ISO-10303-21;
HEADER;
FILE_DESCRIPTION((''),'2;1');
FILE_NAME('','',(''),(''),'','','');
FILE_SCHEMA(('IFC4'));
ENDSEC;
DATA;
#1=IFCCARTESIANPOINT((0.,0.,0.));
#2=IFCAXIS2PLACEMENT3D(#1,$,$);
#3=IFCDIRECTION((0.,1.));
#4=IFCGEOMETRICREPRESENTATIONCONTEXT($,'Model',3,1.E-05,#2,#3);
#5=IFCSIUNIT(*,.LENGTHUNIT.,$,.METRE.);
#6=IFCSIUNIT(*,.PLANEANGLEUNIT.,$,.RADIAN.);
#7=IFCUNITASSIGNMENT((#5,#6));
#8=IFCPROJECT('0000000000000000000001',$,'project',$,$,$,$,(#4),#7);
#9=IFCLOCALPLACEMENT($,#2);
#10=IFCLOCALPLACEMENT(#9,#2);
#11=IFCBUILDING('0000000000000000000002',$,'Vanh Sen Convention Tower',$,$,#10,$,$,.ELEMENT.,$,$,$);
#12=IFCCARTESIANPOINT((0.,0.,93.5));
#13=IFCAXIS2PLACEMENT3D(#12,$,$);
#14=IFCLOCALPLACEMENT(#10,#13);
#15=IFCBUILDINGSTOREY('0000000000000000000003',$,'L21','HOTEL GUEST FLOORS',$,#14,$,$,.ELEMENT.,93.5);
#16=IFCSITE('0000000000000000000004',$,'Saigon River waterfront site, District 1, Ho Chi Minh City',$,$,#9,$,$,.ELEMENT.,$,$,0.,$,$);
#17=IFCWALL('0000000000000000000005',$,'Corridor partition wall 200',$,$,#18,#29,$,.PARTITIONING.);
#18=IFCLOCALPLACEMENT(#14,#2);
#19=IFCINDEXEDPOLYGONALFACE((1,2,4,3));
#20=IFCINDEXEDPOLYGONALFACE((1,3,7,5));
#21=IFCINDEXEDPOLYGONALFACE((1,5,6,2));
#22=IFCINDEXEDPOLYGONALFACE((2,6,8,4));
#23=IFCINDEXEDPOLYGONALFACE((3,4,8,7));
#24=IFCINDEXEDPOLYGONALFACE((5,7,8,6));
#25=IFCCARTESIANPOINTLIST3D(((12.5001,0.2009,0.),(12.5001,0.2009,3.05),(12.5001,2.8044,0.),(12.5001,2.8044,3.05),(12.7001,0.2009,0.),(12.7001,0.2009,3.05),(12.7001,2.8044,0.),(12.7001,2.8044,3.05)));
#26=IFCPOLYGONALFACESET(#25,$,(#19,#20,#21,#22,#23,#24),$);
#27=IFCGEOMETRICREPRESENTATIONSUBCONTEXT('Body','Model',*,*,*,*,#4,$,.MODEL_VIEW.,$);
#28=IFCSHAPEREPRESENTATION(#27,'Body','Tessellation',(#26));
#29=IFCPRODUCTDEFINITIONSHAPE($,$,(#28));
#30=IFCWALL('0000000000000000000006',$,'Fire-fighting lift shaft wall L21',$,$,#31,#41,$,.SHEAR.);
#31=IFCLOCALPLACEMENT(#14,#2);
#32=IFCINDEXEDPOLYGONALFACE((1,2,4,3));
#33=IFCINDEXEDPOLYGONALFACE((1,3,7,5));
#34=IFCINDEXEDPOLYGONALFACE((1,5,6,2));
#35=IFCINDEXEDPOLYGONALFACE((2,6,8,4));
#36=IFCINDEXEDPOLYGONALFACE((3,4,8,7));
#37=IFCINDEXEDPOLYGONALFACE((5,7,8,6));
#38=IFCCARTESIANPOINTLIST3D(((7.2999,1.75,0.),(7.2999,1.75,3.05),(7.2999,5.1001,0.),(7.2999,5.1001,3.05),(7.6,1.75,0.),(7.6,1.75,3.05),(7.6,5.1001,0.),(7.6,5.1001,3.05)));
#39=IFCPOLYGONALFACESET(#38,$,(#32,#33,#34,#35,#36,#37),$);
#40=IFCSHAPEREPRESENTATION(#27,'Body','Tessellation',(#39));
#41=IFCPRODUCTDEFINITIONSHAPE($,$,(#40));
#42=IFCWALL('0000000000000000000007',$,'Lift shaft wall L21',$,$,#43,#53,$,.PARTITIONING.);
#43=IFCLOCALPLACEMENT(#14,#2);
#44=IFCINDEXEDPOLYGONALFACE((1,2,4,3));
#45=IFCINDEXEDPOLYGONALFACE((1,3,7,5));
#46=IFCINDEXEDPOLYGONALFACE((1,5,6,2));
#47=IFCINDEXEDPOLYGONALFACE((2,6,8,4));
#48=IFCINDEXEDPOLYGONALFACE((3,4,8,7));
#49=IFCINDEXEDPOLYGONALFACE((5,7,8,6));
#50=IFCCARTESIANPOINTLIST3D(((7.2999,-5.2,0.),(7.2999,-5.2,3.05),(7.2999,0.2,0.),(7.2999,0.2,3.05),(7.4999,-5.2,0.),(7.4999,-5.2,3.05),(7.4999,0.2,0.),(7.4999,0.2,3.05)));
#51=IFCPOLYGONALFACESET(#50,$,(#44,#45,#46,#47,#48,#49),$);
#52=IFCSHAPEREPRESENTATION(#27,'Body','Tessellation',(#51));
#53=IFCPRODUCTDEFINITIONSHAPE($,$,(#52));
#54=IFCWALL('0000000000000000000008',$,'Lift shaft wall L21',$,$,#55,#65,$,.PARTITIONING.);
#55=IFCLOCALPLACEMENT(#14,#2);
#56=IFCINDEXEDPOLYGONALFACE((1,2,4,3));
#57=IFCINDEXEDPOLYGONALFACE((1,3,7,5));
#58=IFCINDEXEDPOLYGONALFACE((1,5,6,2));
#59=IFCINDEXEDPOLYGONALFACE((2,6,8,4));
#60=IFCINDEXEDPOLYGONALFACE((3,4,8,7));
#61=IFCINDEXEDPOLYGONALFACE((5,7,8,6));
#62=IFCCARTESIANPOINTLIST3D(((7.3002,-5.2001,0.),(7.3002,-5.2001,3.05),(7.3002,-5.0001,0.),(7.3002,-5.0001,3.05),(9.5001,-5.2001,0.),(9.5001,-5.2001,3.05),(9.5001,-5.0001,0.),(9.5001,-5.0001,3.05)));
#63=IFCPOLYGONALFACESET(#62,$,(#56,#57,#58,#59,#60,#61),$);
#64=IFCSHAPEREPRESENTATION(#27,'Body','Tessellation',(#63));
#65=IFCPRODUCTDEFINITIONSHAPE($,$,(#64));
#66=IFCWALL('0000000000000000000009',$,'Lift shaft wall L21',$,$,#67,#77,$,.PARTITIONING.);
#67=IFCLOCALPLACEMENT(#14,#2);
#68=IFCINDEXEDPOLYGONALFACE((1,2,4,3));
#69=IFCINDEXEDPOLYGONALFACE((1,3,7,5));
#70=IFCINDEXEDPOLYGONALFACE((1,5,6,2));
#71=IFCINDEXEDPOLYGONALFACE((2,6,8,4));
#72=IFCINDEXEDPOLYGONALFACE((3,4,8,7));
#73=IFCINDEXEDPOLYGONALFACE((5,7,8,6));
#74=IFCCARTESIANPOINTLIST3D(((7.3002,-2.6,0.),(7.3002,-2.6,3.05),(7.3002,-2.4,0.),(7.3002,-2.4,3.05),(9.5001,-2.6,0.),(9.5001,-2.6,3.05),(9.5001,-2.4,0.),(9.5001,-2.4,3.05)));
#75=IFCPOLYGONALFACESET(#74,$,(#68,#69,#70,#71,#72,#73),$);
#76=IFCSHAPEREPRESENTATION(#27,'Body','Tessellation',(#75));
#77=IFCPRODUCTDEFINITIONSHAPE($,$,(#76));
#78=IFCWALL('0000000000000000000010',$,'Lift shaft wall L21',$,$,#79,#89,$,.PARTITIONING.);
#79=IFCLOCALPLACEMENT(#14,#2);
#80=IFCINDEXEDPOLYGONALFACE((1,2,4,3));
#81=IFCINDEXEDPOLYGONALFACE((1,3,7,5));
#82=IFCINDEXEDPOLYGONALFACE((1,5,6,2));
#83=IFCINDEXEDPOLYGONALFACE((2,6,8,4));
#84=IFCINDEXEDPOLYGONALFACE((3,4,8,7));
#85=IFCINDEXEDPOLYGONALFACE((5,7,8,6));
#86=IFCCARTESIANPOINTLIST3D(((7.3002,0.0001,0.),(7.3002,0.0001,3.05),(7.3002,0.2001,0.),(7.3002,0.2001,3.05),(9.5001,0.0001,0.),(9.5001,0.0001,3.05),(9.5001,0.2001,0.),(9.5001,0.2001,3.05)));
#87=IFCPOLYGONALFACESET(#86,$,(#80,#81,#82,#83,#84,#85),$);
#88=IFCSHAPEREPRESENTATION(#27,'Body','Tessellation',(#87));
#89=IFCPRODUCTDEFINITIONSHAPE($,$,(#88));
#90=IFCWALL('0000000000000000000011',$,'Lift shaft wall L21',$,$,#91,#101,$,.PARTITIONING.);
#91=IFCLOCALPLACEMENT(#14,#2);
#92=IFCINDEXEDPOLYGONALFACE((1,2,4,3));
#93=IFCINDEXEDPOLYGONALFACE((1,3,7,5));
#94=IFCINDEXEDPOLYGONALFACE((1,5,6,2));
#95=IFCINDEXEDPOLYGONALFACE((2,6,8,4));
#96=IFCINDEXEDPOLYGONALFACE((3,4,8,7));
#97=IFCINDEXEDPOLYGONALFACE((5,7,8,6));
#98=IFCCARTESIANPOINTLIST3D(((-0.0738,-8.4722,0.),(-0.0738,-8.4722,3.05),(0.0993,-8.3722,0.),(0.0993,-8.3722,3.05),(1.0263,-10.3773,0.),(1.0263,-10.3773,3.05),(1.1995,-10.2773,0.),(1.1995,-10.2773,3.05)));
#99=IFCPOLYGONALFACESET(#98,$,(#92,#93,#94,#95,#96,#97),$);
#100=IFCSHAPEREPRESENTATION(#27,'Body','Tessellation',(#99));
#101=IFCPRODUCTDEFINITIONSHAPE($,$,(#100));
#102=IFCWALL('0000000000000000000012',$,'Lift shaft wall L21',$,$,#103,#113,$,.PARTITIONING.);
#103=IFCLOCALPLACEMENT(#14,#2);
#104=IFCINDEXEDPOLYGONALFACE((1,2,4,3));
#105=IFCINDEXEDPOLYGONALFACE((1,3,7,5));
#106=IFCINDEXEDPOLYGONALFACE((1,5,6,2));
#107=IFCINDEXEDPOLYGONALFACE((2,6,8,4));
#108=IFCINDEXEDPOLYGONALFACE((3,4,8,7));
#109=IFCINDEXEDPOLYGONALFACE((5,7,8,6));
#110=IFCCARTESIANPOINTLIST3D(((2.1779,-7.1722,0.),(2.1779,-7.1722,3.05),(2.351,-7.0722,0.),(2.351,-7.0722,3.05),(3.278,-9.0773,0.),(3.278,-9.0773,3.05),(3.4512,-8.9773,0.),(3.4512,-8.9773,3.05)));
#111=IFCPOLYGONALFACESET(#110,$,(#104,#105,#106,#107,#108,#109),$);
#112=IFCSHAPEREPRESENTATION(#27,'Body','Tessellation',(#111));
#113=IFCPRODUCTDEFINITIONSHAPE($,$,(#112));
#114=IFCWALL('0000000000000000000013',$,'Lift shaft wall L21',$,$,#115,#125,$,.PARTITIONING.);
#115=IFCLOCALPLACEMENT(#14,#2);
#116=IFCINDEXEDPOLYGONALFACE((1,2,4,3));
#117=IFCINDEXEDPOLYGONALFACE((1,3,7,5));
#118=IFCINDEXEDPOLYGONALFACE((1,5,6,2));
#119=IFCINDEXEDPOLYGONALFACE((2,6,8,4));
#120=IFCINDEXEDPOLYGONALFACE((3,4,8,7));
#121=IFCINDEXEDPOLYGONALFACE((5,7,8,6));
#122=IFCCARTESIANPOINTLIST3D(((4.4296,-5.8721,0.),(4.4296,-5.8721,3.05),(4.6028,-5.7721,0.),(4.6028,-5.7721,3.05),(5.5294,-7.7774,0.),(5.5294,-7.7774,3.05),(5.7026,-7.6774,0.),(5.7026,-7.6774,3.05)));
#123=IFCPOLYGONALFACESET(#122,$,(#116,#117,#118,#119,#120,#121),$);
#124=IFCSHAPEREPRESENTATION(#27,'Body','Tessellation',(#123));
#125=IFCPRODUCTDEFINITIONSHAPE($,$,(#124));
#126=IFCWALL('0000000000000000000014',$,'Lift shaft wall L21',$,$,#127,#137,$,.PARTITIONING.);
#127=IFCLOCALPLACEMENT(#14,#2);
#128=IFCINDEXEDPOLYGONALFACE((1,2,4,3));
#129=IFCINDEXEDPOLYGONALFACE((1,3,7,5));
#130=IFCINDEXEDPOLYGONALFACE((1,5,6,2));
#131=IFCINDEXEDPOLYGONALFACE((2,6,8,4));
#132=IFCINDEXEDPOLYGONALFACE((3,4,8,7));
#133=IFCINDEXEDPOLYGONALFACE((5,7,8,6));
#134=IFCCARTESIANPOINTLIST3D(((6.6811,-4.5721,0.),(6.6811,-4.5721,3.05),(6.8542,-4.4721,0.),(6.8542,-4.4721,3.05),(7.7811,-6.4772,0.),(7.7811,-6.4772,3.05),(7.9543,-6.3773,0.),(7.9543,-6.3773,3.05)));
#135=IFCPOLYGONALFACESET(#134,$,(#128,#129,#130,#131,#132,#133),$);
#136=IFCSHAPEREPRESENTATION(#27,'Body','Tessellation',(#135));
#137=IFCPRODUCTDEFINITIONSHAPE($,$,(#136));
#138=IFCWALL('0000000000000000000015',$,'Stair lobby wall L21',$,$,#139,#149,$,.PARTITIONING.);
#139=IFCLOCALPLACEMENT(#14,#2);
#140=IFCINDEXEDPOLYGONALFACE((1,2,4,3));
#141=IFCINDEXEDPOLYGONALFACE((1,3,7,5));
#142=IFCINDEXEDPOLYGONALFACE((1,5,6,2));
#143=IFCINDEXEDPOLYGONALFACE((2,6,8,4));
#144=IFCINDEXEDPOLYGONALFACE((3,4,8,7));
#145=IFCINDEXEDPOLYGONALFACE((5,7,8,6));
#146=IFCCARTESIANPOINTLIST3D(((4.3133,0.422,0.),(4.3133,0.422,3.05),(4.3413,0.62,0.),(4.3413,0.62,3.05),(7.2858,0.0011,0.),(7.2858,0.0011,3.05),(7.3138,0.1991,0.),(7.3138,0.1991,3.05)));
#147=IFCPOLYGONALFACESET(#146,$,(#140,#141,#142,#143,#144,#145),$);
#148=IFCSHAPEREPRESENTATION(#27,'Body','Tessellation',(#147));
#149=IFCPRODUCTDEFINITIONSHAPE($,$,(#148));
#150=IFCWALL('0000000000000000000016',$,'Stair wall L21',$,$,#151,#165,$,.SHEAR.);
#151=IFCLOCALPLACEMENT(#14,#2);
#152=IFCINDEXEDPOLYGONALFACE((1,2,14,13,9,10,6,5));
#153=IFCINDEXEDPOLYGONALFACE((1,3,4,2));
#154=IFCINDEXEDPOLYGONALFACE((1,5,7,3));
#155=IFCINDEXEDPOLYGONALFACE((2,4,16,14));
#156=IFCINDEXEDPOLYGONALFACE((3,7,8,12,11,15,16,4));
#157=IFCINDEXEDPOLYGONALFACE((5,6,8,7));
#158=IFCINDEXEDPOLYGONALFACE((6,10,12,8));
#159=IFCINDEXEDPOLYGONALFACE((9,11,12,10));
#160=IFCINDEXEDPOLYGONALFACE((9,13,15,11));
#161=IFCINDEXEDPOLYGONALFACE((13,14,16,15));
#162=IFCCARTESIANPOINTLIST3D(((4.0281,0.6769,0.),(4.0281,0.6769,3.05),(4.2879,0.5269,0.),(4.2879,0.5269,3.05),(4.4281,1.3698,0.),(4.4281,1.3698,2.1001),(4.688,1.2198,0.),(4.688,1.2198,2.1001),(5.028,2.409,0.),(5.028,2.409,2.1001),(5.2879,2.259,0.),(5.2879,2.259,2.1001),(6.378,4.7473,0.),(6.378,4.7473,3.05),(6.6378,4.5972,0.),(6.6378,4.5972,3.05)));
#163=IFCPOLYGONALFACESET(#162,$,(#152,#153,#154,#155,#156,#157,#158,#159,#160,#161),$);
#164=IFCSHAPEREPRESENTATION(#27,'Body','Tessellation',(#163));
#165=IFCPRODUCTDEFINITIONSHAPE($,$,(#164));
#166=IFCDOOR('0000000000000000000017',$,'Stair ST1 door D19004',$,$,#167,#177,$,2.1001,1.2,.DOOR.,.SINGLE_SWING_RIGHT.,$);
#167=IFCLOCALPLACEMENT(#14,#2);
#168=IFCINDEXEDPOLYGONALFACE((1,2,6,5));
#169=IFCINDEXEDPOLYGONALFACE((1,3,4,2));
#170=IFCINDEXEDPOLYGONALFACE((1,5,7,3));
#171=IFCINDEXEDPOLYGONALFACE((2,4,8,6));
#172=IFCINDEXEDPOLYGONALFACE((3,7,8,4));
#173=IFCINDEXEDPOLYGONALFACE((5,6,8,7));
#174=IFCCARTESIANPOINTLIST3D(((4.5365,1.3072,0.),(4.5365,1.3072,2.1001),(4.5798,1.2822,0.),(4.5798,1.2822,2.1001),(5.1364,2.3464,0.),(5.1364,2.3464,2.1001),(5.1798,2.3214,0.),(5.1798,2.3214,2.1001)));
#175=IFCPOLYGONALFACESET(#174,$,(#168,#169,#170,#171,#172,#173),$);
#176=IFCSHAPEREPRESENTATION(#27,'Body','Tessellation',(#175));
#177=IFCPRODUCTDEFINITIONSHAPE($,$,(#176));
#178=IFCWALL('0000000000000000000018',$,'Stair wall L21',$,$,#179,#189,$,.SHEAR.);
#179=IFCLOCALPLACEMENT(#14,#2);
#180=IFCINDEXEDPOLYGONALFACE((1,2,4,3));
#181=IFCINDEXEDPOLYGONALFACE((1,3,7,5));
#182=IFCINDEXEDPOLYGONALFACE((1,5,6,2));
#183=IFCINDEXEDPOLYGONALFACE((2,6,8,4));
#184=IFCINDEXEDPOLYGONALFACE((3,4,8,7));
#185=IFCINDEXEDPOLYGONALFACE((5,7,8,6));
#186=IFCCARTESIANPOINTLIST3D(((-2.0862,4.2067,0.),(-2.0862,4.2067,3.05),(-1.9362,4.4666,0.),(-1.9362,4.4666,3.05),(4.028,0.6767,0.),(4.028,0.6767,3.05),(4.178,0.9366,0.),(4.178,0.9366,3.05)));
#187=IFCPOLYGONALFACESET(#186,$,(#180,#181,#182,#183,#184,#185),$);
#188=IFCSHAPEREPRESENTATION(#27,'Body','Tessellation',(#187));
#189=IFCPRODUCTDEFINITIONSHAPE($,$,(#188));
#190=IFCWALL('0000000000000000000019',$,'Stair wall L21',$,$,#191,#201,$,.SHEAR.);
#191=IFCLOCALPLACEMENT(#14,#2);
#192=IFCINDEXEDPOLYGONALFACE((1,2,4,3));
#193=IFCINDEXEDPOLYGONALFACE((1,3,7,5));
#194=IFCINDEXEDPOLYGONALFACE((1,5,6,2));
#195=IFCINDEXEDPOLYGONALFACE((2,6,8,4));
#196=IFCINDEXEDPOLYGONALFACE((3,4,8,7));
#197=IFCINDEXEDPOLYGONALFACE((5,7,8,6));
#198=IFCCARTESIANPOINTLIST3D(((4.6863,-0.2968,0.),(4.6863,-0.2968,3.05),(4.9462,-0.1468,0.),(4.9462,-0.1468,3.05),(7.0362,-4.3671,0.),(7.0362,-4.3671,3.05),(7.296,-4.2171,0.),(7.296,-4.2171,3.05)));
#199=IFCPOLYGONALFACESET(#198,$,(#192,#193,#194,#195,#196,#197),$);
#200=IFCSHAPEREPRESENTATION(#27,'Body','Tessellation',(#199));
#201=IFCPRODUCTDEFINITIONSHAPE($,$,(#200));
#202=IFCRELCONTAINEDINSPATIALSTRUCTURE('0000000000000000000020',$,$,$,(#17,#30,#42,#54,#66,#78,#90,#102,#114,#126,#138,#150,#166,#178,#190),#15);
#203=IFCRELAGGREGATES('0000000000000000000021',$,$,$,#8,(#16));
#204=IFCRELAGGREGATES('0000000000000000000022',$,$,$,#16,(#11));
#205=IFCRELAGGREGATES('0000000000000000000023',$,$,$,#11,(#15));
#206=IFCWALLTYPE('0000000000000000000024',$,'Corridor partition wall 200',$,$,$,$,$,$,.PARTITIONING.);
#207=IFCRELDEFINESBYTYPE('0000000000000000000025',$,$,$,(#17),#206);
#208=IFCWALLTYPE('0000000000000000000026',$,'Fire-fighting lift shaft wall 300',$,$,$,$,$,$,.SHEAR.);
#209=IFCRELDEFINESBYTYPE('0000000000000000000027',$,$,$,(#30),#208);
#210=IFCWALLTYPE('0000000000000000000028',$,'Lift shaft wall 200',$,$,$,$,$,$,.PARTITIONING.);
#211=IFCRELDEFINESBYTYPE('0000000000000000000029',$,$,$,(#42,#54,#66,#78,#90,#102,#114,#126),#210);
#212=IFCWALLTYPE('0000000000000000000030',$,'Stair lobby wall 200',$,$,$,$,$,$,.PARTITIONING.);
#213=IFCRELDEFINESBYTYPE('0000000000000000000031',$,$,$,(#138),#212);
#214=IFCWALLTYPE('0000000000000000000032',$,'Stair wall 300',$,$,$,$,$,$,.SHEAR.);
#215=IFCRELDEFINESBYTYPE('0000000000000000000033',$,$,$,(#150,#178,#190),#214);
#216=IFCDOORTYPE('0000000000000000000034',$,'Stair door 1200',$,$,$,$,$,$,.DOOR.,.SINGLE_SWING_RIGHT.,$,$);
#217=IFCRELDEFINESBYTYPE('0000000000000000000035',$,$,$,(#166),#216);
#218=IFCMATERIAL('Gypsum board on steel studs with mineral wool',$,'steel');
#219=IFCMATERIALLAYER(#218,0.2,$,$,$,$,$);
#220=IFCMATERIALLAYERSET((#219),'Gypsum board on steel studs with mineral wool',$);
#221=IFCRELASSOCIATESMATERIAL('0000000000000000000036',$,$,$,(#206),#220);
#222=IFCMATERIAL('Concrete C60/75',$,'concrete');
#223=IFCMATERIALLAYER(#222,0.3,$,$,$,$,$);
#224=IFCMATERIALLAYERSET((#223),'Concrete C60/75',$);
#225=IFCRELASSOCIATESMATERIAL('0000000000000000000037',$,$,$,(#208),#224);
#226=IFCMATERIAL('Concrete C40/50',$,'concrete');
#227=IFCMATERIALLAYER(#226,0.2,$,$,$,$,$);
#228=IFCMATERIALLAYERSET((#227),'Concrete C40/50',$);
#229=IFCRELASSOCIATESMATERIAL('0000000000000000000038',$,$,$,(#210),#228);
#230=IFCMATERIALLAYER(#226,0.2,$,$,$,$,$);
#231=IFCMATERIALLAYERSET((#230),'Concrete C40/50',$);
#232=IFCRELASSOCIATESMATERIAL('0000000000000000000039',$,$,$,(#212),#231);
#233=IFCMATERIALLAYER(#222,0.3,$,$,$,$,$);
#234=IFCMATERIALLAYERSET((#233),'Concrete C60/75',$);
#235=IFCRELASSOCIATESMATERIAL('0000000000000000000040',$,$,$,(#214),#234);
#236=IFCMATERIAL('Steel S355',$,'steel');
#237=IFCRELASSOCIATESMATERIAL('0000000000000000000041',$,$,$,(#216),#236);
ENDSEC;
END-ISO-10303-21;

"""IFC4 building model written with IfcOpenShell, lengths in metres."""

from ifc_helpers import new_model, si_unit, direction, frame, frame_2d, origin, place, context, subcontext, project, spatial, rectangle, extrude, material, layer, layer_set, type_object, element, fill, save


model = new_model("IFC4")

# Units and contexts
model_context = context("Model", 3, precision=1e-05, world=origin(), true_north=direction((0.0, 1.0)))
body_context = subcontext(model_context, "Body", "Model", "MODEL_VIEW")
ifc_project = project(units=[si_unit("LENGTHUNIT", "METRE"), si_unit("PLANEANGLEUNIT", "RADIAN")], contexts=[model_context])

# Site, building, storey
site_placement = place(None, origin())
site = spatial("IfcSite", under=ifc_project, at=site_placement, Name="Saigon River waterfront site, District 1, Ho Chi Minh City", CompositionType="ELEMENT", RefElevation=0.0)
building_placement = place(site_placement, origin())
building = spatial("IfcBuilding", under=site, at=building_placement, Name="Vanh Sen Convention Tower", CompositionType="ELEMENT")
storey_placement = place(building_placement, frame((0.0, 0.0, 93.5)))
storey = spatial("IfcBuildingStorey", under=building, at=storey_placement, Name="L21", Description="HOTEL GUEST FLOORS", CompositionType="ELEMENT", Elevation=93.5)

# Shared definitions
ifc_material_1 = material(Name="Concrete C40/50", Category="concrete")

# Shared definitions
ifc_material_2 = material(Name="Steel S355", Category="steel")

# Shared definitions
ifc_material_3 = material(Name="Gypsum board on steel studs with mineral wool", Category="steel")
ifc_layer_1 = layer(ifc_material_3, 0.2)
ifc_layer_set_1 = layer_set([ifc_layer_1], Name="Gypsum board on steel studs with mineral wool")
wall_type_1 = type_object("IfcWallType", Name="Corridor partition wall 200", PredefinedType="PARTITIONING", material=ifc_layer_set_1)

# Walls
wall_1_placement = place(storey_placement, frame((12.6001, 0.2009, 0.0), z_axis=(0.0, 0.0, 1.0), x_axis=(0.0, 1.0, 0.0)))
element("IfcWall", 1, at=wall_1_placement, inside=storey, type_object=wall_type_1, Name="Corridor partition wall 200", PredefinedType="PARTITIONING", context=body_context, shape_type="SweptSolid", body=[
    extrude(rectangle(XDim=2.6035, YDim=0.2, at=frame_2d((1.3018, 0.0))), origin(), (0.0, 0.0, 1.0), 3.05),
])
ifc_material_4 = material(Name="Concrete C60/75", Category="concrete")
ifc_layer_2 = layer(ifc_material_4, 0.3)
ifc_layer_set_2 = layer_set([ifc_layer_2], Name="Concrete C60/75")
wall_type_2 = type_object("IfcWallType", Name="Fire-fighting lift shaft wall 300", PredefinedType="SHEAR", material=ifc_layer_set_2)
wall_2_placement = place(storey_placement, frame((7.45, 1.75, 0.0), z_axis=(0.0, 0.0, 1.0), x_axis=(0.0, 1.0, 0.0)))
element("IfcWall", 2, at=wall_2_placement, inside=storey, type_object=wall_type_2, Name="Fire-fighting lift shaft wall L21", PredefinedType="SHEAR", context=body_context, shape_type="SweptSolid", body=[
    extrude(rectangle(XDim=3.3501, YDim=0.3, at=frame_2d((1.675, 0.0))), origin(), (0.0, 0.0, 1.0), 3.05),
])
ifc_layer_3 = layer(ifc_material_1, 0.2)
ifc_layer_set_3 = layer_set([ifc_layer_3], Name="Concrete C40/50")
wall_type_3 = type_object("IfcWallType", Name="Lift shaft wall 200", PredefinedType="PARTITIONING", material=ifc_layer_set_3)
wall_3_placement = place(storey_placement, frame((7.3999, -5.2, 0.0), z_axis=(0.0, 0.0, 1.0), x_axis=(0.0, 1.0, 0.0)))
element("IfcWall", 3, at=wall_3_placement, inside=storey, type_object=wall_type_3, Name="Lift shaft wall L21", PredefinedType="PARTITIONING", context=body_context, shape_type="SweptSolid", body=[
    extrude(rectangle(XDim=5.3999, YDim=0.2, at=frame_2d((2.7, 0.0))), origin(), (0.0, 0.0, 1.0), 3.05),
])
for number, where, z_axis, x_axis, name in (
    (4, (7.3, -5.1001, 0.0), (0.0, 0.0, 1.0), (1.0, 0.0, 0.0), "Lift shaft wall L21"),
    (5, (7.3, -2.5, 0.0), (0.0, 0.0, 1.0), (1.0, 0.0, 0.0), "Lift shaft wall L21"),
    (6, (7.3, 0.1001, 0.0), (0.0, 0.0, 1.0), (1.0, 0.0, 0.0), "Lift shaft wall L21"),
    (7, (0.0127, -8.4221, 0.0), (0.0, 0.0, 1.0), (0.500078, -0.86598, 0.0), "Lift shaft wall L21"),
    (8, (2.2644, -7.1221, 0.0), (0.0, 0.0, 1.0), (0.500078, -0.86598, 0.0), "Lift shaft wall L21"),
    (9, (4.5161, -5.822, 0.0), (0.0, 0.0, 1.0), (0.499947, -0.866056, 0.0), "Lift shaft wall L21"),
    (10, (6.7676, -4.522, 0.0), (0.0, 0.0, 1.0), (0.50003, -0.866008, 0.0), "Lift shaft wall L21"),
):
    element("IfcWall", number, at=place(storey_placement, frame(where, z_axis=z_axis, x_axis=x_axis)), inside=storey, type_object=wall_type_3, Name=name, PredefinedType="PARTITIONING", context=body_context, shape_type="SweptSolid", body=[
        extrude(rectangle(XDim=2.2, YDim=0.2, at=frame_2d((1.1001, 0.0))), origin(), (0.0, 0.0, 1.0), 3.05),
    ])
ifc_layer_4 = layer(ifc_material_1, 0.2)
ifc_layer_set_4 = layer_set([ifc_layer_4], Name="Concrete C40/50")
wall_type_4 = type_object("IfcWallType", Name="Stair lobby wall 200", PredefinedType="PARTITIONING", material=ifc_layer_set_4)
wall_4_placement = place(storey_placement, frame((4.3274, 0.521, 0.0), z_axis=(0.0, 0.0, 1.0), x_axis=(0.990124, -0.140192, 0.0)))
element("IfcWall", 11, at=wall_4_placement, inside=storey, type_object=wall_type_4, Name="Stair lobby wall L21", PredefinedType="PARTITIONING", context=body_context, shape_type="SweptSolid", body=[
    extrude(rectangle(XDim=3.0022, YDim=0.2, at=frame_2d((1.501, 0.0))), origin(), (0.0, 0.0, 1.0), 3.05),
])

# Wall, opening, door
ifc_layer_5 = layer(ifc_material_4, 0.3)
ifc_layer_set_5 = layer_set([ifc_layer_5], Name="Concrete C60/75")
wall_type_5 = type_object("IfcWallType", Name="Stair wall 300", PredefinedType="SHEAR", material=ifc_layer_set_5)
wall_5_placement = place(storey_placement, frame((4.158, 0.6018, 0.0), z_axis=(0.0, 0.0, 1.0), x_axis=(0.499977, 0.866039, 0.0)))
wall_5 = element("IfcWall", 12, at=wall_5_placement, inside=storey, type_object=wall_type_5, Name="Stair wall L21", PredefinedType="SHEAR", context=body_context, shape_type="SweptSolid", body=[
    extrude(rectangle(XDim=4.7, YDim=0.3, at=frame_2d((2.3501, 0.0))), origin(), (0.0, 0.0, 1.0), 3.05),
])
opening_1_placement = place(wall_5_placement, frame((0.8, 0.0, 0.0)))
opening_1 = element("IfcOpeningElement", 13, at=opening_1_placement, cuts=wall_5, PredefinedType="OPENING", context=body_context, shape_type="SweptSolid", body=[
    extrude(rectangle(XDim=1.2, YDim=2.1001, at=frame_2d((0.6001, 1.05))), frame((0.0, 0.1599, 0.0), z_axis=(0.0, -1.0, 0.0), x_axis=(1.0, 0.0, 0.0)), (0.0, 0.0, 1.0), 0.3201),
])
door_type_1 = type_object("IfcDoorType", Name="Stair door 1200", OperationType="SINGLE_SWING_RIGHT", PredefinedType="DOOR", material=ifc_material_2)
door_1_placement = place(opening_1_placement, origin())
door_1 = element("IfcDoor", 14, at=door_1_placement, inside=storey, type_object=door_type_1, Name="Stair ST1 door D19004", OperationType="SINGLE_SWING_RIGHT", OverallHeight=2.1001, OverallWidth=1.2, PredefinedType="DOOR", context=body_context, shape_type="SweptSolid", body=[
    extrude(rectangle(XDim=1.2, YDim=2.1001, at=frame_2d((0.6001, 1.05))), frame((0.0, 0.0249, 0.0), z_axis=(0.0, -1.0, 0.0), x_axis=(1.0, 0.0, 0.0)), (0.0, 0.0, 1.0), 0.05),
])
fill(opening_1, door_1)

# Walls
wall_6_placement = place(storey_placement, frame((4.103, 0.8066, 0.0), z_axis=(0.0, 0.0, 1.0), x_axis=(-0.866028, 0.499996, 0.0)))
element("IfcWall", 15, at=wall_6_placement, inside=storey, type_object=wall_type_5, Name="Stair wall L21", PredefinedType="SHEAR", context=body_context, shape_type="SweptSolid", body=[
    extrude(rectangle(XDim=7.0601, YDim=0.3, at=frame_2d((3.53, 0.0))), origin(), (0.0, 0.0, 1.0), 3.05),
])
wall_7_placement = place(storey_placement, frame((4.8162, -0.2217, 0.0), z_axis=(0.0, 0.0, 1.0), x_axis=(0.499977, -0.866039, 0.0)))
element("IfcWall", 16, at=wall_7_placement, inside=storey, type_object=wall_type_5, Name="Stair wall L21", PredefinedType="SHEAR", context=body_context, shape_type="SweptSolid", body=[
    extrude(rectangle(XDim=4.7, YDim=0.3, at=frame_2d((2.3501, 0.0))), origin(), (0.0, 0.0, 1.0), 3.05),
])

save(model, "model.ifc")
